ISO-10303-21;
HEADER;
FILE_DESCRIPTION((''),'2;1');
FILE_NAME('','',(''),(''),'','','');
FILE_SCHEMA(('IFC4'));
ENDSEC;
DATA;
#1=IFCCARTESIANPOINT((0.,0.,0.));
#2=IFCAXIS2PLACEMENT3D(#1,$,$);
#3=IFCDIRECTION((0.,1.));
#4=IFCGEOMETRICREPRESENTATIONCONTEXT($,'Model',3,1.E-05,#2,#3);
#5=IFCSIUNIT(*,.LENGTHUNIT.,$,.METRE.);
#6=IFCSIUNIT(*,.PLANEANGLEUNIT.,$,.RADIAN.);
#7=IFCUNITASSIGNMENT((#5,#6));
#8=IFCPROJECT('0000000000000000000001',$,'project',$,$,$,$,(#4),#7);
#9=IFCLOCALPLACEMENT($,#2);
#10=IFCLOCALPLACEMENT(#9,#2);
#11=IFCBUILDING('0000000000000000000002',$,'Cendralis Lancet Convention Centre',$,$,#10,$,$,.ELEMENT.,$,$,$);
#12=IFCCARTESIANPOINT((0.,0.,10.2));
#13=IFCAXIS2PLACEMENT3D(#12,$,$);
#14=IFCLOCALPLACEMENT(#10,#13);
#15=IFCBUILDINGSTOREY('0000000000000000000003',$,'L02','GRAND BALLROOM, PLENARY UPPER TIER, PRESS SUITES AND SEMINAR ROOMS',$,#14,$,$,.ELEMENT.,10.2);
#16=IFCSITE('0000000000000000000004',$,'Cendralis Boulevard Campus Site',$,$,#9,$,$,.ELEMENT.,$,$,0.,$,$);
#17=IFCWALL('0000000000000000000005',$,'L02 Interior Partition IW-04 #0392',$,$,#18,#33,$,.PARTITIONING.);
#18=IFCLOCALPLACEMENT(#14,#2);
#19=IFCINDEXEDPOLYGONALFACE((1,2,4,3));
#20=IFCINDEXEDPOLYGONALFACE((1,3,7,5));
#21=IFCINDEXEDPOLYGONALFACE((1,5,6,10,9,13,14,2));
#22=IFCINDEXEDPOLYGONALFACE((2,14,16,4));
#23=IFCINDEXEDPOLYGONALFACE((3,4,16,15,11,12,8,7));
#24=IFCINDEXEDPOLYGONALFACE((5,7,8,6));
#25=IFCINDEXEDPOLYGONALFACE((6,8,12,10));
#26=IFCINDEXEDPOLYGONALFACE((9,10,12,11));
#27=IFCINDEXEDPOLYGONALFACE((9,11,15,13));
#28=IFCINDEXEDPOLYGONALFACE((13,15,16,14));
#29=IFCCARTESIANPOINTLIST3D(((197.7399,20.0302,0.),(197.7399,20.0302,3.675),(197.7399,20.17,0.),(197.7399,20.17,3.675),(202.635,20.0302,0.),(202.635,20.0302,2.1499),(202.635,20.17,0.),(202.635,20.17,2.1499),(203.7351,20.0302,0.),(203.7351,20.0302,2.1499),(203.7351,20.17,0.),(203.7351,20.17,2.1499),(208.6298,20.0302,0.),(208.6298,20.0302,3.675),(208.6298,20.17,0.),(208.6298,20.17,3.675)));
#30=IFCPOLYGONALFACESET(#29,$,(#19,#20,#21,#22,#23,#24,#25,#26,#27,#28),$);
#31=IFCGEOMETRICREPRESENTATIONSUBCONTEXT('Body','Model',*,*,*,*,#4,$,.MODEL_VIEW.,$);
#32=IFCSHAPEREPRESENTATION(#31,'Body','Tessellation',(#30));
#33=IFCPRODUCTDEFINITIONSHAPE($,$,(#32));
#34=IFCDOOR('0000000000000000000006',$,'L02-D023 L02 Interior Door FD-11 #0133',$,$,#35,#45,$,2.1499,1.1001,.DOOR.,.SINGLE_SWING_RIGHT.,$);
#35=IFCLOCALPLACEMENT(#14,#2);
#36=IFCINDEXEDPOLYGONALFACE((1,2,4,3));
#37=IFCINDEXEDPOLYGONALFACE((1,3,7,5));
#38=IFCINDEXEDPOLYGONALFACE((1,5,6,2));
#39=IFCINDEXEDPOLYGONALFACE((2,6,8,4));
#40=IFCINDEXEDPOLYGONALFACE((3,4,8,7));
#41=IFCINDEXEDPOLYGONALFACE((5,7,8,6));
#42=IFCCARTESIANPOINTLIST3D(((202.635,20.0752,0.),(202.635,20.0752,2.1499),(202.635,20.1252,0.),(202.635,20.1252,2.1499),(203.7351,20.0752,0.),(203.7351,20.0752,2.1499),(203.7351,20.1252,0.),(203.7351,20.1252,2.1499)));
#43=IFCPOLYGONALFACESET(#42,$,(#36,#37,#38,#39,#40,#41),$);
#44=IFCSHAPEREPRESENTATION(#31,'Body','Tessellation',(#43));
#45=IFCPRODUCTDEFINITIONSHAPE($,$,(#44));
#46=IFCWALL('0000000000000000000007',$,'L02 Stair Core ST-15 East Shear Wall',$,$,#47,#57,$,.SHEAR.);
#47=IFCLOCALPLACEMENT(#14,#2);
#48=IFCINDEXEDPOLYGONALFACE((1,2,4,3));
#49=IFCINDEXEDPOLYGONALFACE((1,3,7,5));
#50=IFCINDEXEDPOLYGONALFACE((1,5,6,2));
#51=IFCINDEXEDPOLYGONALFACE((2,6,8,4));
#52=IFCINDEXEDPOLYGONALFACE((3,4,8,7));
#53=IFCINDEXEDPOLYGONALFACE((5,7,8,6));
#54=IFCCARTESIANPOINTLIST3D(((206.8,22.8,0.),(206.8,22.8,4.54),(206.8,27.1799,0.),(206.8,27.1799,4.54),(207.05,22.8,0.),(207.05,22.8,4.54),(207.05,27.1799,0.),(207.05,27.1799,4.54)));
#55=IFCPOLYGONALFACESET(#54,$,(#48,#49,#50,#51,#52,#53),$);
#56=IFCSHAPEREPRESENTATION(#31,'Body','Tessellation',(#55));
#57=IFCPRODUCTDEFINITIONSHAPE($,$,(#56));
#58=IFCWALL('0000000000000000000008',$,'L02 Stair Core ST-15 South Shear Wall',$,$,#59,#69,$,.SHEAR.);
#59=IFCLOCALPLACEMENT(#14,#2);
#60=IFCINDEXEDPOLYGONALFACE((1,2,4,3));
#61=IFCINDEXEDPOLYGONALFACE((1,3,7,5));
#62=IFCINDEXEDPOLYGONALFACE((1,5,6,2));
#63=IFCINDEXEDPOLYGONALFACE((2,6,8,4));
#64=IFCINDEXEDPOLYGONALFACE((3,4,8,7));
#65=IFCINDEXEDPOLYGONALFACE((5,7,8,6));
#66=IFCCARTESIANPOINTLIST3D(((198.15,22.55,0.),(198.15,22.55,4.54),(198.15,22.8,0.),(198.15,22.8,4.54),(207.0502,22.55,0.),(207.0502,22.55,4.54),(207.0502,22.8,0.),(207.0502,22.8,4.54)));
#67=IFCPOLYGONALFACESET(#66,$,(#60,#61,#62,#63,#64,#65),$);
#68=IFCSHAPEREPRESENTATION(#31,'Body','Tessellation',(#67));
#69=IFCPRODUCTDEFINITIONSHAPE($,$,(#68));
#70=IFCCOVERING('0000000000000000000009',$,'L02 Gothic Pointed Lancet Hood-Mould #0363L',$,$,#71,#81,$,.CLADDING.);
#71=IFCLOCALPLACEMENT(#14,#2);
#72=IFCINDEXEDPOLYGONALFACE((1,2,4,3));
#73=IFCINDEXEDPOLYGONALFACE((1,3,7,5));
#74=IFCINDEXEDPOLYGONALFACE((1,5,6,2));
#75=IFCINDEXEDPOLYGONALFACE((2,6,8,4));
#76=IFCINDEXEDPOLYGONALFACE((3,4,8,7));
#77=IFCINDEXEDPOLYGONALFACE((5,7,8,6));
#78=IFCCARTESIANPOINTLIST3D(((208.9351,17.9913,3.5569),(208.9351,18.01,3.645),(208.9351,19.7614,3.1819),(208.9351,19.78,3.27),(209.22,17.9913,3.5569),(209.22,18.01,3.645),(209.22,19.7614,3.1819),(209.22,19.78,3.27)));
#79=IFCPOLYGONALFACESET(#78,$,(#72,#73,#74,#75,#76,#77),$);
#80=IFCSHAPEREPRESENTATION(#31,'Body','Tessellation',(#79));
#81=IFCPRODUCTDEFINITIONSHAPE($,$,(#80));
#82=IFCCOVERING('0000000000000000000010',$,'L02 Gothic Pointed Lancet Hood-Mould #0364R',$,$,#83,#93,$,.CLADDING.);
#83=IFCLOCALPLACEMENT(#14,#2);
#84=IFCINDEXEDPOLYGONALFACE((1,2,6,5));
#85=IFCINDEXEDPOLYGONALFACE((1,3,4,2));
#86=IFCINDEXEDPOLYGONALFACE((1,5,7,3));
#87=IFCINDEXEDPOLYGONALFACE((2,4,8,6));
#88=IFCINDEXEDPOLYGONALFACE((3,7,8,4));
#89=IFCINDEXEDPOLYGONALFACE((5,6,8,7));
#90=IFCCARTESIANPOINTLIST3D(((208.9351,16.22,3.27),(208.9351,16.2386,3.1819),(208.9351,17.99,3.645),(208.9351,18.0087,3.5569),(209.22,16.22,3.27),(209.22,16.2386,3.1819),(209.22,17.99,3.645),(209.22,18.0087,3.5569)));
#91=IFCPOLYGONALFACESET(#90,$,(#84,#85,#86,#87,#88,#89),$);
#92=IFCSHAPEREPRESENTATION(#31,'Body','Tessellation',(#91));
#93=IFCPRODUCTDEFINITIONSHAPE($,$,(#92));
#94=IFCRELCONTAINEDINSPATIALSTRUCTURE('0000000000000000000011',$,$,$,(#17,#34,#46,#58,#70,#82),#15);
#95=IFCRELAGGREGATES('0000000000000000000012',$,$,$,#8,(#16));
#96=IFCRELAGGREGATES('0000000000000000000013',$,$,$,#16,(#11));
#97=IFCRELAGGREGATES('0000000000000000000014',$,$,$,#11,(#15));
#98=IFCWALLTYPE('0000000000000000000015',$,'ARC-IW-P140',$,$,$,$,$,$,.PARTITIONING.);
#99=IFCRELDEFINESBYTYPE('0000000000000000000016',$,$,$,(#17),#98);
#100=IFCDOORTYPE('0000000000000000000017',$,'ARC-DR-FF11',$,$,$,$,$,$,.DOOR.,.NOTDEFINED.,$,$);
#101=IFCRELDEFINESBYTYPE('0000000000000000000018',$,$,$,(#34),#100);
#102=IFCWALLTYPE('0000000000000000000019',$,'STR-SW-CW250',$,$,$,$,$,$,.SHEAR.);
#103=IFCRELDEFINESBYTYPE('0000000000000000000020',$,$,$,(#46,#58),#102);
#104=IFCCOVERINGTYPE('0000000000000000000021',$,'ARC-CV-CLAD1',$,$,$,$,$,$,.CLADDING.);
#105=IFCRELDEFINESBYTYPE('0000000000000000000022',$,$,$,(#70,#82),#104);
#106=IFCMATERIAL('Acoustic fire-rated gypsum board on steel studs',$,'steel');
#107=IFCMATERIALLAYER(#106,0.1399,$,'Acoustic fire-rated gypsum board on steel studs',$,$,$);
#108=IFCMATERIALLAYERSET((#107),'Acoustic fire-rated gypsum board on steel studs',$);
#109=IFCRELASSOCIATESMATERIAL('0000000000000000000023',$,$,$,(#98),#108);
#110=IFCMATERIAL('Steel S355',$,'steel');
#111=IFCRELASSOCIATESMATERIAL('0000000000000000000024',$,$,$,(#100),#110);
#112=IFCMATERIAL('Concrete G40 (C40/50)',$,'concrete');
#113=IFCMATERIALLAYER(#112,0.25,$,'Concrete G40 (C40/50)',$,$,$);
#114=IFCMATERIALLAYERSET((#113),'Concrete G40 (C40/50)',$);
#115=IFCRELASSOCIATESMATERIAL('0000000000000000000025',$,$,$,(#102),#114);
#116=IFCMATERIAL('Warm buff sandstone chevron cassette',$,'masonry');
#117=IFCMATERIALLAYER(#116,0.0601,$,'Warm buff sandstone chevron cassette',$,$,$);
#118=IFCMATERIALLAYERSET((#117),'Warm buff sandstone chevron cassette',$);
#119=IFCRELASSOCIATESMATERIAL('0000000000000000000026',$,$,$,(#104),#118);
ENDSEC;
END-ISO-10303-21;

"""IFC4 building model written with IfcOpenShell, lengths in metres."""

from ifc_helpers import new_model, si_unit, direction, frame, frame_2d, origin, place, context, subcontext, project, spatial, polyline, rectangle, outline, extrude, material, layer, layer_set, type_object, element, fill, save


model = new_model("IFC4")

# Units and contexts
model_context = context("Model", 3, precision=1e-05, world=origin(), true_north=direction((0.0, 1.0)))
body_context = subcontext(model_context, "Body", "Model", "MODEL_VIEW")
ifc_project = project(units=[si_unit("LENGTHUNIT", "METRE"), si_unit("PLANEANGLEUNIT", "RADIAN")], contexts=[model_context])

# Site, building, storey
site_placement = place(None, origin())
site = spatial("IfcSite", under=ifc_project, at=site_placement, Name="Cendralis Boulevard Campus Site", CompositionType="ELEMENT", RefElevation=0.0)
building_placement = place(site_placement, origin())
building = spatial("IfcBuilding", under=site, at=building_placement, Name="Cendralis Lancet Convention Centre", CompositionType="ELEMENT")
storey_placement = place(building_placement, frame((0.0, 0.0, 10.2)))
storey = spatial("IfcBuildingStorey", under=building, at=storey_placement, Name="L02", Description="GRAND BALLROOM, PLENARY UPPER TIER, PRESS SUITES AND SEMINAR ROOMS", CompositionType="ELEMENT", Elevation=10.2)

# Shared definitions
ifc_material_1 = material(Name="Concrete G40 (C40/50)", Category="concrete")

# Shared definitions
ifc_material_2 = material(Name="Steel S355", Category="steel")

# Wall, opening, door
ifc_material_3 = material(Name="Acoustic fire-rated gypsum board on steel studs", Category="steel")
ifc_layer_1 = layer(ifc_material_3, 0.1399, Name="Acoustic fire-rated gypsum board on steel studs")
ifc_layer_set_1 = layer_set([ifc_layer_1], Name="Acoustic fire-rated gypsum board on steel studs")
wall_type_1 = type_object("IfcWallType", Name="ARC-IW-P140", PredefinedType="PARTITIONING", material=ifc_layer_set_1)
wall_1_placement = place(storey_placement, frame((197.74, 20.1001, 0.0), z_axis=(0.0, 0.0, 1.0), x_axis=(1.0, 0.0, 0.0)))
wall_1 = element("IfcWall", 1, at=wall_1_placement, inside=storey, type_object=wall_type_1, Name="L02 Interior Partition IW-04 #0392", PredefinedType="PARTITIONING", context=body_context, shape_type="SweptSolid", body=[
    extrude(rectangle(XDim=10.8899, YDim=0.1399, at=frame_2d((5.4448, 0.0))), origin(), (0.0, 0.0, 1.0), 3.675),
])
opening_1_placement = place(wall_1_placement, frame((4.895, 0.0, 0.0)))
opening_1 = element("IfcOpeningElement", 2, at=opening_1_placement, cuts=wall_1, PredefinedType="OPENING", context=body_context, shape_type="SweptSolid", body=[
    extrude(rectangle(XDim=1.1001, YDim=2.1499, at=frame_2d((0.55, 1.075))), frame((0.0, 0.0798, 0.0), z_axis=(0.0, -1.0, 0.0), x_axis=(1.0, 0.0, 0.0)), (0.0, 0.0, 1.0), 0.1599),
])
door_type_1 = type_object("IfcDoorType", Name="ARC-DR-FF11", OperationType="NOTDEFINED", PredefinedType="DOOR", material=ifc_material_2)
door_1_placement = place(opening_1_placement, frame((1.1001, 0.0, 0.0), z_axis=(0.0, 0.0, 1.0), x_axis=(-1.0, 0.0, 0.0)))
door_1 = element("IfcDoor", 3, at=door_1_placement, inside=storey, type_object=door_type_1, Name="L02-D023 L02 Interior Door FD-11 #0133", OperationType="SINGLE_SWING_RIGHT", OverallHeight=2.1499, OverallWidth=1.1001, PredefinedType="DOOR", context=body_context, shape_type="SweptSolid", body=[
    extrude(rectangle(XDim=1.1001, YDim=2.1499, at=frame_2d((0.55, 1.075))), frame((0.0, 0.0249, 0.0), z_axis=(0.0, -1.0, 0.0), x_axis=(1.0, 0.0, 0.0)), (0.0, 0.0, 1.0), 0.05),
])
fill(opening_1, door_1)
ifc_layer_2 = layer(ifc_material_1, 0.25, Name="Concrete G40 (C40/50)")
ifc_layer_set_2 = layer_set([ifc_layer_2], Name="Concrete G40 (C40/50)")
wall_type_2 = type_object("IfcWallType", Name="STR-SW-CW250", PredefinedType="SHEAR", material=ifc_layer_set_2)

# Walls
wall_2_placement = place(storey_placement, frame((206.925, 22.8, 0.0), z_axis=(0.0, 0.0, 1.0), x_axis=(0.0, 1.0, 0.0)))
element("IfcWall", 4, at=wall_2_placement, inside=storey, type_object=wall_type_2, Name="L02 Stair Core ST-15 East Shear Wall", PredefinedType="SHEAR", context=body_context, shape_type="SweptSolid", body=[
    extrude(rectangle(XDim=4.3799, YDim=0.25, at=frame_2d((2.1899, 0.0))), origin(), (0.0, 0.0, 1.0), 4.54),
])
wall_3_placement = place(storey_placement, frame((198.1499, 22.675, 0.0), z_axis=(0.0, 0.0, 1.0), x_axis=(1.0, 0.0, 0.0)))
element("IfcWall", 5, at=wall_3_placement, inside=storey, type_object=wall_type_2, Name="L02 Stair Core ST-15 South Shear Wall", PredefinedType="SHEAR", context=body_context, shape_type="SweptSolid", body=[
    extrude(rectangle(XDim=8.9001, YDim=0.25, at=frame_2d((4.4502, 0.0))), origin(), (0.0, 0.0, 1.0), 4.54),
])

# Coverings
ifc_material_4 = material(Name="Warm buff sandstone chevron cassette", Category="masonry")
ifc_layer_3 = layer(ifc_material_4, 0.0601, Name="Warm buff sandstone chevron cassette")
ifc_layer_set_3 = layer_set([ifc_layer_3], Name="Warm buff sandstone chevron cassette")
covering_type = type_object("IfcCoveringType", Name="ARC-CV-CLAD1", PredefinedType="CLADDING", material=ifc_layer_set_3)
for number, where, z_axis, x_axis, name in (
    (6, (209.22, 19.78, 3.27), (0.0, 0.207262, 0.978286), (-1.0, 0.0, 0.0), "L02 Gothic Pointed Lancet Hood-Mould #0363L"),
    (7, (209.22, 17.99, 3.645), (0.0, -0.207262, 0.978286), (-1.0, 0.0, 0.0), "L02 Gothic Pointed Lancet Hood-Mould #0364R"),
):
    element("IfcCovering", number, at=place(storey_placement, frame(where, z_axis=z_axis, x_axis=x_axis)), inside=storey, type_object=covering_type, Name=name, PredefinedType="CLADDING", context=body_context, shape_type="SweptSolid", body=[
        extrude(outline(polyline([(0.0, 0.0), (0.2849, 0.0), (0.2849, 1.8093), (0.0, 1.8093), (0.0, 0.0)])), origin(), (0.0, 0.0, -1.0), 0.0901),
    ])

save(model, "model.ifc")
